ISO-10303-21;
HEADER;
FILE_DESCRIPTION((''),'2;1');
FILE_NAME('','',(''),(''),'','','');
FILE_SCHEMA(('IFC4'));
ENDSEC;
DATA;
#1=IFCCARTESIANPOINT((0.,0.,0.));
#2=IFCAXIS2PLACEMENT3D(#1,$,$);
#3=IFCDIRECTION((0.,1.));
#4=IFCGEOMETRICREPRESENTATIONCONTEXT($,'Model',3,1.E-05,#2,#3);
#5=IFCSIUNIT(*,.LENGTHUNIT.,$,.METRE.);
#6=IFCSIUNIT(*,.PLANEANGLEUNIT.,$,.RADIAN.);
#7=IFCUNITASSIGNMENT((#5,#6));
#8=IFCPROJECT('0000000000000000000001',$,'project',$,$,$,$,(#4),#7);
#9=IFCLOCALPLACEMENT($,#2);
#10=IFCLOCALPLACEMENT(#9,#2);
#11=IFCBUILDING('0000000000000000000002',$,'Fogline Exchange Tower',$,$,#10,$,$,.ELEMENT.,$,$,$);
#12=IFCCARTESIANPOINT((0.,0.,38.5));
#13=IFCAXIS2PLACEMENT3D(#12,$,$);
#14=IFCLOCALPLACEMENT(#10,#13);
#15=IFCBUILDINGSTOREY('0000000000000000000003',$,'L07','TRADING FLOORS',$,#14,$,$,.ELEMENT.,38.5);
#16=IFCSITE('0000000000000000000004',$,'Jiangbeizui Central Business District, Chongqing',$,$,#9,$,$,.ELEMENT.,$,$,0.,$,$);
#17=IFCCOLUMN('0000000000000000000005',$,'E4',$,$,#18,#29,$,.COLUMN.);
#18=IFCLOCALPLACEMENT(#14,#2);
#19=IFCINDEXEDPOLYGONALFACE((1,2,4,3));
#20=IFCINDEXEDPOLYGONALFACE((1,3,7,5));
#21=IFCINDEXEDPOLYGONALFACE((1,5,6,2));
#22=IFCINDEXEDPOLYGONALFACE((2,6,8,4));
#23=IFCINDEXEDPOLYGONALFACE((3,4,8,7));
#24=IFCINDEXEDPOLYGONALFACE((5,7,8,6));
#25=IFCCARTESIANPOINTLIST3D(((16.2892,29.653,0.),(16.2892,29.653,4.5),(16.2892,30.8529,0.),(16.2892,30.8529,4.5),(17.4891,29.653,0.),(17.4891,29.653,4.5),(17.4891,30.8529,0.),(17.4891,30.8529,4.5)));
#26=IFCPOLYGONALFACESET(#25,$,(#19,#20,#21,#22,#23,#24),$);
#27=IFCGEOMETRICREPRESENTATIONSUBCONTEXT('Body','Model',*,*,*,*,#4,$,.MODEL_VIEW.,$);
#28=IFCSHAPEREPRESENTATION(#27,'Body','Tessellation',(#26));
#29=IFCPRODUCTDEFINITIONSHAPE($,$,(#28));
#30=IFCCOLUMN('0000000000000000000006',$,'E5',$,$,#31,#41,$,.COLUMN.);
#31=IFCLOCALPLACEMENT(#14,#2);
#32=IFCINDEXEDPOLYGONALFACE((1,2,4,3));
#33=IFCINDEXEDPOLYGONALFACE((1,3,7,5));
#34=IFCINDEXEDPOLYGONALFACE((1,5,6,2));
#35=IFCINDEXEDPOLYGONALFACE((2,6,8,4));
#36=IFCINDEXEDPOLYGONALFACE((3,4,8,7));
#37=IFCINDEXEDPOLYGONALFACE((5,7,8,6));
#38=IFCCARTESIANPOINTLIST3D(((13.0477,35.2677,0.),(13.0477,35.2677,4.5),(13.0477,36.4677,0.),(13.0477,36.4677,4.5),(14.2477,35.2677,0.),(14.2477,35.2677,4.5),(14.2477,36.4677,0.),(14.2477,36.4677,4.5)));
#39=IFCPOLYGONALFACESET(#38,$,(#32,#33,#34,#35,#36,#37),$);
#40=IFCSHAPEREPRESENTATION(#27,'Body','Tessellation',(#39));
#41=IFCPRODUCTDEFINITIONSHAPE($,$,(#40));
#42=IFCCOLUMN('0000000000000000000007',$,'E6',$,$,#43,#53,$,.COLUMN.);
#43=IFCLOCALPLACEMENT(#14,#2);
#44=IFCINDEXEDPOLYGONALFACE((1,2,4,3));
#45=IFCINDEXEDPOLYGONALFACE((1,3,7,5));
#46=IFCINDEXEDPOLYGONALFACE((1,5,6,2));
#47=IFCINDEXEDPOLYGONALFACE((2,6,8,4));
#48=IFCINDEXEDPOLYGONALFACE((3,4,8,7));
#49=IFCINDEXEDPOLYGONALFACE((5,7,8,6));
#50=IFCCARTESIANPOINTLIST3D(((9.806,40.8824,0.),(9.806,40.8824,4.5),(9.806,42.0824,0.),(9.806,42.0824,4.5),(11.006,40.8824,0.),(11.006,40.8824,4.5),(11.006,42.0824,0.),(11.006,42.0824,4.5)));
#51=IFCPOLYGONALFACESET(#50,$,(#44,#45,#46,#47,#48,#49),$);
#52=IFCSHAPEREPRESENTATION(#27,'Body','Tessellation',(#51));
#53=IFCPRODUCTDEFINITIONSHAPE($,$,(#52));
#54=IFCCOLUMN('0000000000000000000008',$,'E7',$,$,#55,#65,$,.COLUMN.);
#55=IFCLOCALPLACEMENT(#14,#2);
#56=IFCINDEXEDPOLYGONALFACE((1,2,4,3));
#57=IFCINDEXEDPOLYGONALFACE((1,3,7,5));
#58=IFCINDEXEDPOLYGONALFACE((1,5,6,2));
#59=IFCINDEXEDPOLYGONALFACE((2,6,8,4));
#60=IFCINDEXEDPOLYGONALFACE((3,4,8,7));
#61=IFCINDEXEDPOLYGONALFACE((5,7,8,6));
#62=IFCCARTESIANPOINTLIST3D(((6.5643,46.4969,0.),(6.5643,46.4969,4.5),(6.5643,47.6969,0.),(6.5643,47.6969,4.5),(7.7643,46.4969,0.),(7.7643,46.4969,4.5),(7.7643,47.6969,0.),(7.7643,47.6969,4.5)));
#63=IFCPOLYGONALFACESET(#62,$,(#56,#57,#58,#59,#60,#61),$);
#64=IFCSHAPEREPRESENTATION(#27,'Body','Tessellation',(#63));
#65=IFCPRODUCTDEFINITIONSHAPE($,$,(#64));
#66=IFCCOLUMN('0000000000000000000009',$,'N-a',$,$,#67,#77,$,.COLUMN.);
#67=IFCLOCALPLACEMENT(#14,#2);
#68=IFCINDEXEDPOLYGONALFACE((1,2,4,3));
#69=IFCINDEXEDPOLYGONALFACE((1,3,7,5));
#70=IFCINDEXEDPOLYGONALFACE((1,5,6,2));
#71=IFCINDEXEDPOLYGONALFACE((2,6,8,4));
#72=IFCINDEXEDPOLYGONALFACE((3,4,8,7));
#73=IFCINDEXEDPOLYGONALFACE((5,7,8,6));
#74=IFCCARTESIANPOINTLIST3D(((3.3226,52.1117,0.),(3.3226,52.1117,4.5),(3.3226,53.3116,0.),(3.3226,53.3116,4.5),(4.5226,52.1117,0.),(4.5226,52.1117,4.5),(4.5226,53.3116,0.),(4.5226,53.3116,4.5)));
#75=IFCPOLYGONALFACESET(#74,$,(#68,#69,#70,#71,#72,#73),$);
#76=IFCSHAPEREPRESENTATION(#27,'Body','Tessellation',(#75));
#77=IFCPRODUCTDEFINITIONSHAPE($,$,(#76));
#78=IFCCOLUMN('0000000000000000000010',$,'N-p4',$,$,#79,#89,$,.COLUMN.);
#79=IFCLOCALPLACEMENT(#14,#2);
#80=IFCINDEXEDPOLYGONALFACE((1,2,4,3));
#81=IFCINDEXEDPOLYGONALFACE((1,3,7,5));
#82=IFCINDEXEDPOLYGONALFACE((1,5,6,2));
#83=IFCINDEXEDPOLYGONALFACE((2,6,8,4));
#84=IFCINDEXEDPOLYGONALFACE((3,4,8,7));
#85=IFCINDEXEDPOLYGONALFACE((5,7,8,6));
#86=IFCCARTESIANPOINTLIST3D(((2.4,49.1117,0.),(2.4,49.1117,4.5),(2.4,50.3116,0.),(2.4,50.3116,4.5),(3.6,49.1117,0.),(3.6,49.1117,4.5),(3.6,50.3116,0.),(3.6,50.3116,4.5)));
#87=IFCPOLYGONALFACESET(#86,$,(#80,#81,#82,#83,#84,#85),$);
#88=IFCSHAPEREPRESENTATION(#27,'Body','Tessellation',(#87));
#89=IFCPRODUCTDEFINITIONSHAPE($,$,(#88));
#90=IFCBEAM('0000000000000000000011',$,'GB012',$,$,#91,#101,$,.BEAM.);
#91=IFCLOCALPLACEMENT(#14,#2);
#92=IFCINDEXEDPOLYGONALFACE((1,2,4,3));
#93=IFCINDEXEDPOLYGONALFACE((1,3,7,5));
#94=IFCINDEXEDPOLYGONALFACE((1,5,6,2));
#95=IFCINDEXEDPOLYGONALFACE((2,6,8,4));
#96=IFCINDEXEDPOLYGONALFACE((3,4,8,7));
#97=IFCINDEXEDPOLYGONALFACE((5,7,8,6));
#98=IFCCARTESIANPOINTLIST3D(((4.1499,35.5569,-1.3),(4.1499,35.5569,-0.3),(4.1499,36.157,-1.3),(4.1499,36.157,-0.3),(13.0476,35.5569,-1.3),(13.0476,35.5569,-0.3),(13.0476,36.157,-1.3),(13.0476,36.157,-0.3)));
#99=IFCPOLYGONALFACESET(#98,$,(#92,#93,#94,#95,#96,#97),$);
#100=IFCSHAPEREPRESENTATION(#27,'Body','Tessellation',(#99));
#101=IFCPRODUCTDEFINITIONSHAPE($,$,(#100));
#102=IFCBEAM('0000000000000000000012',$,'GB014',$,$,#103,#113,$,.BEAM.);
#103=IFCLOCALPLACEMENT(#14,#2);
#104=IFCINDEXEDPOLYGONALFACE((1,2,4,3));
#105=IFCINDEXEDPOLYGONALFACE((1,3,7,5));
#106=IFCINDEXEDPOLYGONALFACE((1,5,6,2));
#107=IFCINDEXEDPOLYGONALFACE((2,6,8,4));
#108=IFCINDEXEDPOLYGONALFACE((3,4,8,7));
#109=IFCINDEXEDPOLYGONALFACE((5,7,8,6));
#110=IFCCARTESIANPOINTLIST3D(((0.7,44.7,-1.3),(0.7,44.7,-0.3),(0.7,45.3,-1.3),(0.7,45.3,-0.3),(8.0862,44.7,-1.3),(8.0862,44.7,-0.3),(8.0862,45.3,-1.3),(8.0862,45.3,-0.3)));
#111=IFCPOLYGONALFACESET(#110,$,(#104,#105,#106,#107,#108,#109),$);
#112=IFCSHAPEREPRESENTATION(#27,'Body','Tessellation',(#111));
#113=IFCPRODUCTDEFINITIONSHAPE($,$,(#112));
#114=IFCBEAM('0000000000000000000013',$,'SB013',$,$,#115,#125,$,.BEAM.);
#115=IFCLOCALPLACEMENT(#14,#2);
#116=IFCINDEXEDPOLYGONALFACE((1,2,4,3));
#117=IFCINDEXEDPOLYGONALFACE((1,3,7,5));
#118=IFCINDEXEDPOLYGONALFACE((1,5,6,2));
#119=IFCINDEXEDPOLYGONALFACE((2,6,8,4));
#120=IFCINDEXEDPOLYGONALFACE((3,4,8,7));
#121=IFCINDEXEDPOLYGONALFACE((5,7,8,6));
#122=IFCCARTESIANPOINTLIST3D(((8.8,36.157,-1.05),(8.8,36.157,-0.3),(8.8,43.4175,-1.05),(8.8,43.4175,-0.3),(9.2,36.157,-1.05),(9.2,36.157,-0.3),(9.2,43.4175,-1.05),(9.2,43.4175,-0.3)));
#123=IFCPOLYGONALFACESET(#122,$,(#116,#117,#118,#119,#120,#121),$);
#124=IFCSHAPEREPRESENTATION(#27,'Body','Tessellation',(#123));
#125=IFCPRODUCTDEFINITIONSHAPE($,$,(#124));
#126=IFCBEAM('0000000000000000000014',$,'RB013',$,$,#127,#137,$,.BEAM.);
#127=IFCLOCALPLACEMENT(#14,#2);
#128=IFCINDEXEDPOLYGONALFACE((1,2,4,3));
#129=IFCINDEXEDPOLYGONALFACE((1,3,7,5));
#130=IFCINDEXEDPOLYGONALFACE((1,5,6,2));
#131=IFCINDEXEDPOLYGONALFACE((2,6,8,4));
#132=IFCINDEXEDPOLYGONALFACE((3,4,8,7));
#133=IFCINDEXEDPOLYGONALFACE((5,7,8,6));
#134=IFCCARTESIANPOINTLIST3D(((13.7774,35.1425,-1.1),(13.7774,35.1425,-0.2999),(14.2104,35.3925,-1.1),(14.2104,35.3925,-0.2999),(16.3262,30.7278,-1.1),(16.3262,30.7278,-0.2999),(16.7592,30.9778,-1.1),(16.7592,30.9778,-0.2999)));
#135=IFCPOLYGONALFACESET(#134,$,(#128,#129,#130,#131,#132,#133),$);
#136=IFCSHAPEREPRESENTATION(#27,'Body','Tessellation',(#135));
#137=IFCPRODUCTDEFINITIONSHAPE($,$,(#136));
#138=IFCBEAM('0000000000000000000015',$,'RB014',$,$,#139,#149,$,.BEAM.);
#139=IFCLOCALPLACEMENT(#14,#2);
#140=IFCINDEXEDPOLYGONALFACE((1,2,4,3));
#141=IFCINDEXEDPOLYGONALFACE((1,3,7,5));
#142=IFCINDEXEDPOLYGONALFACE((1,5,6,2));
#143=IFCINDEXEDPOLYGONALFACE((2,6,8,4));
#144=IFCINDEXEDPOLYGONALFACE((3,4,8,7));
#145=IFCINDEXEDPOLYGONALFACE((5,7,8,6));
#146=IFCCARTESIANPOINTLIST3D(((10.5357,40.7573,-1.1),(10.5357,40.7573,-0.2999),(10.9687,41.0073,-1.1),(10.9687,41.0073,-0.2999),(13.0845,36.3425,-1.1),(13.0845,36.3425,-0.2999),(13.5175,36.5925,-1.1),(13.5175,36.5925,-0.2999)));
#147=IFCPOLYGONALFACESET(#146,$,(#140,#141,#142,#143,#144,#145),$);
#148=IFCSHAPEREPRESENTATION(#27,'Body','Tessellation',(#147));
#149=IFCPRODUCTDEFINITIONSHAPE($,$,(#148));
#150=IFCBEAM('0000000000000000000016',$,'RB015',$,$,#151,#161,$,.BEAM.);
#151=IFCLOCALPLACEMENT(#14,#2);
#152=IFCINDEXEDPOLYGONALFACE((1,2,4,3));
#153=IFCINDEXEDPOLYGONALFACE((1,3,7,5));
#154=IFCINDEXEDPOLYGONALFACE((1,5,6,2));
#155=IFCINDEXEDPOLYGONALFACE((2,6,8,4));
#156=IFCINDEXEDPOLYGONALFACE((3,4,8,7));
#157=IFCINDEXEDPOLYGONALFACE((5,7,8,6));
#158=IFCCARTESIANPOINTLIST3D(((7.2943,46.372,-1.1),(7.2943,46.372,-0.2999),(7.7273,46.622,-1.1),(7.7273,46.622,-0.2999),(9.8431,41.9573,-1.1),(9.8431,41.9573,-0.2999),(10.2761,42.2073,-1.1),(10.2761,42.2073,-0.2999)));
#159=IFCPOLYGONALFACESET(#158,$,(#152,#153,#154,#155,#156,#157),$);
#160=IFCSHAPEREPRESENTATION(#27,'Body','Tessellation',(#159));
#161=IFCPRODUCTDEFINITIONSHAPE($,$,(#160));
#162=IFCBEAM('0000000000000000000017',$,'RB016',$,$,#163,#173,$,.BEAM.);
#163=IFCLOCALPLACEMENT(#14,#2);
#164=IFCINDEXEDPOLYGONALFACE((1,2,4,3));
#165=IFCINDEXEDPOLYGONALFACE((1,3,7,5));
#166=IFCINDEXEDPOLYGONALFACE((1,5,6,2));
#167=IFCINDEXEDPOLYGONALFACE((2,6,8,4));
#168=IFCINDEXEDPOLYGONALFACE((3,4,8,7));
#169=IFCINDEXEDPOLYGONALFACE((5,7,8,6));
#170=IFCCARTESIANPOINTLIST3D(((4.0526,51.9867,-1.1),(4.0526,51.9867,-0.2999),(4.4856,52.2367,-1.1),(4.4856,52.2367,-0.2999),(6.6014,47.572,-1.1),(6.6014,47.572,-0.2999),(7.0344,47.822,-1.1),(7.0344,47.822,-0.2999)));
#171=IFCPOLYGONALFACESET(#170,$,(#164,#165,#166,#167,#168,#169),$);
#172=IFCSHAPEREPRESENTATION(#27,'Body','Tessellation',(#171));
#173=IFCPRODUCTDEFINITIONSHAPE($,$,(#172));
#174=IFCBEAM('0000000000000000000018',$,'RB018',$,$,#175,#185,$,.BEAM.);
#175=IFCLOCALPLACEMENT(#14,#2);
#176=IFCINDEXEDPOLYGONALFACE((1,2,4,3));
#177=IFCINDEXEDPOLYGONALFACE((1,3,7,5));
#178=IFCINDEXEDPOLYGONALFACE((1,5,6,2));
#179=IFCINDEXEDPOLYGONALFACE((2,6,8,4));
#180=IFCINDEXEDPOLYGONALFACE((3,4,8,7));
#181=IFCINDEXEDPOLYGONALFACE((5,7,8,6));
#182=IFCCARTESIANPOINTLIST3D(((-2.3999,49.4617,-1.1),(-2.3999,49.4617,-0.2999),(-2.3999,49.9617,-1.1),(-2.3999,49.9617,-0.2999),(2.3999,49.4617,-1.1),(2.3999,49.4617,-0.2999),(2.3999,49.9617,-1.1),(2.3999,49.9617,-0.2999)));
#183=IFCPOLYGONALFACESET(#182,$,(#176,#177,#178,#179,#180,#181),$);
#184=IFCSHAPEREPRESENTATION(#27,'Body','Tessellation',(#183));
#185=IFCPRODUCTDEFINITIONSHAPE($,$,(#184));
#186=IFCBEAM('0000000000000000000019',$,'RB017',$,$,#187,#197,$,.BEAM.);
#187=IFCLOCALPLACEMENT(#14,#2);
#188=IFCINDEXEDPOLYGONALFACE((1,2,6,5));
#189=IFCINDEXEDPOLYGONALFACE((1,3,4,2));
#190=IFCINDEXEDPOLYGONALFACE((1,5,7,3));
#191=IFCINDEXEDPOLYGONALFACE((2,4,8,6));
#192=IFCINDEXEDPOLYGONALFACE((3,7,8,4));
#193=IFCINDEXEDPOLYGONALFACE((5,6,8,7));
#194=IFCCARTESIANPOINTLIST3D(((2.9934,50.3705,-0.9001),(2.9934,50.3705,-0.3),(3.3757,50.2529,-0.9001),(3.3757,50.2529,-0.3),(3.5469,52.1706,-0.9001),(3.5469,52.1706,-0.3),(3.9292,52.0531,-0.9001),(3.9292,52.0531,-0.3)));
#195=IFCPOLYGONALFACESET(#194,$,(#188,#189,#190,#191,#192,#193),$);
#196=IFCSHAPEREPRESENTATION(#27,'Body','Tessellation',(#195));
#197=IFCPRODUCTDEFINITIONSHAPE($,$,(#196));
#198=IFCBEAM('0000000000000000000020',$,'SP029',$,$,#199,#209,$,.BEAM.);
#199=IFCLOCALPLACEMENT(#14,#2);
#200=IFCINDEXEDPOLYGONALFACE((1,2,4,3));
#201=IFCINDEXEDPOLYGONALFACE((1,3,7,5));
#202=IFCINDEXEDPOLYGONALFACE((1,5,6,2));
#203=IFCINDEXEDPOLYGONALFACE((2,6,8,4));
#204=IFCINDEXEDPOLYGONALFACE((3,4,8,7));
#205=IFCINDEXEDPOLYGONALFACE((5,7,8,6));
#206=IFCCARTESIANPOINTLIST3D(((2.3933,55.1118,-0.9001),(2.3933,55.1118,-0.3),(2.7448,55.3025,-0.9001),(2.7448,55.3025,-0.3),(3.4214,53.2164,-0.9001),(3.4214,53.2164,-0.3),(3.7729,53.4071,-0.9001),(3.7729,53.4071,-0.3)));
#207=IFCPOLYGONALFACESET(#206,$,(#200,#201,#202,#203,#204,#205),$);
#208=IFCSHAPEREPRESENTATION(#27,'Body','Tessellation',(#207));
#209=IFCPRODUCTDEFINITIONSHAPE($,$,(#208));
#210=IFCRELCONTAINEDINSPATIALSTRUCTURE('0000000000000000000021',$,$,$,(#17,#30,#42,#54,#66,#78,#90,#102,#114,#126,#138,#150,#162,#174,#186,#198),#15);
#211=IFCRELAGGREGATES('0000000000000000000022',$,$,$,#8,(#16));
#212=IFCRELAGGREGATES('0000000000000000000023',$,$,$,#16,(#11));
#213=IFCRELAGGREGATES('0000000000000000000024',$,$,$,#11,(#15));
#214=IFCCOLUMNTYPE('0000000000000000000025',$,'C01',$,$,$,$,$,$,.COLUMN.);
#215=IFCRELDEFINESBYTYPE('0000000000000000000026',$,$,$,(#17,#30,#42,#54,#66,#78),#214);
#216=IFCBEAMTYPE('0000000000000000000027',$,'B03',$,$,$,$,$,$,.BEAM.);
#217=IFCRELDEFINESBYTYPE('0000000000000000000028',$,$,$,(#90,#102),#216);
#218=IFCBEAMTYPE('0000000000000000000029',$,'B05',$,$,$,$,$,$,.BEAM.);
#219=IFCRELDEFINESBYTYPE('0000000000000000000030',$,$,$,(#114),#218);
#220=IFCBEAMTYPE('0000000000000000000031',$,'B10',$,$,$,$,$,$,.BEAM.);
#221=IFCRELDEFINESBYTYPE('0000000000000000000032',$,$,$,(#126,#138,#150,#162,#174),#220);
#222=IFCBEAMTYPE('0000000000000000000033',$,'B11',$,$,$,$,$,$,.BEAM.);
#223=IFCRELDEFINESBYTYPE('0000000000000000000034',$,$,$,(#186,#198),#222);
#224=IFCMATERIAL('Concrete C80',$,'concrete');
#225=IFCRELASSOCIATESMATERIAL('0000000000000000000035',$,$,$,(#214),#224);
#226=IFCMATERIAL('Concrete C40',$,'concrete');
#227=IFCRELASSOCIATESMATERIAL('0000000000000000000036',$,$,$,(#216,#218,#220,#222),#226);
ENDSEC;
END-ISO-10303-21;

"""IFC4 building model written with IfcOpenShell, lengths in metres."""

from ifc_helpers import new_model, si_unit, direction, frame, origin, origin_2d, place, context, subcontext, project, spatial, rectangle, extrude, material, material_profile, profile_set, type_object, element, save


model = new_model("IFC4")

# Units and contexts
model_context = context("Model", 3, precision=1e-05, world=origin(), true_north=direction((0.0, 1.0)))
body_context = subcontext(model_context, "Body", "Model", "MODEL_VIEW")
ifc_project = project(units=[si_unit("LENGTHUNIT", "METRE"), si_unit("PLANEANGLEUNIT", "RADIAN")], contexts=[model_context])

# Site, building, storey
site_placement = place(None, origin())
site = spatial("IfcSite", under=ifc_project, at=site_placement, Name="Jiangbeizui Central Business District, Chongqing", CompositionType="ELEMENT", RefElevation=0.0)
building_placement = place(site_placement, origin())
building = spatial("IfcBuilding", under=site, at=building_placement, Name="Fogline Exchange Tower", CompositionType="ELEMENT")
storey_placement = place(building_placement, frame((0.0, 0.0, 38.5)))
storey = spatial("IfcBuildingStorey", under=building, at=storey_placement, Name="L07", Description="TRADING FLOORS", CompositionType="ELEMENT", Elevation=38.5)

# Columns
ifc_material_1 = material(Name="Concrete C80", Category="concrete")
ifc_material_profile_1 = material_profile(ifc_material_1, rectangle(XDim=1.2, YDim=1.2, at=origin_2d()), Name="RC 1200x1200")
ifc_profile_set_1 = profile_set([ifc_material_profile_1], Name="Concrete C80")
column_type = type_object("IfcColumnType", Name="C01", PredefinedType="COLUMN", material=ifc_profile_set_1)
for number, where, z_axis, x_axis, name in (
    (1, (16.8892, 30.2529, 0.0), (0.0, 0.0, 1.0), (1.0, 0.0, 0.0), "E4"),
    (2, (13.6477, 35.8677, 0.0), (0.0, 0.0, 1.0), (1.0, 0.0, 0.0), "E5"),
    (3, (10.406, 41.4824, 0.0), (0.0, 0.0, 1.0), (1.0, 0.0, 0.0), "E6"),
    (4, (7.1643, 47.0969, 0.0), (0.0, 0.0, 1.0), (1.0, 0.0, 0.0), "E7"),
    (5, (3.9226, 52.7117, 0.0), (0.0, 0.0, 1.0), (1.0, 0.0, 0.0), "N-a"),
    (6, (3.0, 49.7117, 0.0), (0.0, 0.0, 1.0), (1.0, 0.0, 0.0), "N-p4"),
):
    element("IfcColumn", number, at=place(storey_placement, frame(where, z_axis=z_axis, x_axis=x_axis)), inside=storey, type_object=column_type, Name=name, PredefinedType="COLUMN", context=body_context, shape_type="SweptSolid", body=[
        extrude(rectangle(XDim=1.2, YDim=1.2, at=origin_2d()), origin(), (0.0, 0.0, 1.0), 4.5),
    ])

# Beams
ifc_material_2 = material(Name="Concrete C40", Category="concrete")
ifc_material_profile_2 = material_profile(ifc_material_2, rectangle(XDim=0.6001, YDim=1.0, at=origin_2d()), Name="RC 600x1000")
ifc_profile_set_2 = profile_set([ifc_material_profile_2], Name="Concrete C40")
beam_type_1 = type_object("IfcBeamType", Name="B03", PredefinedType="BEAM", material=ifc_profile_set_2)
beam_1_placement = place(storey_placement, frame((4.1499, 35.8569, -0.8), z_axis=(1.0, 0.0, 0.0), x_axis=(0.0, 1.0, 0.0)))
element("IfcBeam", 7, at=beam_1_placement, inside=storey, type_object=beam_type_1, Name="GB012", PredefinedType="BEAM", context=body_context, shape_type="SweptSolid", body=[
    extrude(rectangle(XDim=0.6001, YDim=1.0, at=origin_2d()), origin(), (0.0, 0.0, 1.0), 8.8977),
])
beam_2_placement = place(storey_placement, frame((0.7, 45.0, -0.8), z_axis=(1.0, 0.0, 0.0), x_axis=(0.0, 1.0, 0.0)))
element("IfcBeam", 8, at=beam_2_placement, inside=storey, type_object=beam_type_1, Name="GB014", PredefinedType="BEAM", context=body_context, shape_type="SweptSolid", body=[
    extrude(rectangle(XDim=0.6001, YDim=1.0, at=origin_2d()), origin(), (0.0, 0.0, 1.0), 7.3862),
])
ifc_material_profile_3 = material_profile(ifc_material_2, rectangle(XDim=0.3999, YDim=0.75, at=origin_2d()), Name="RC 400x750")
ifc_profile_set_3 = profile_set([ifc_material_profile_3], Name="Concrete C40")
beam_type_2 = type_object("IfcBeamType", Name="B05", PredefinedType="BEAM", material=ifc_profile_set_3)
beam_3_placement = place(storey_placement, frame((9.0, 36.157, -0.675), z_axis=(0.0, 1.0, 0.0), x_axis=(-1.0, 0.0, 0.0)))
element("IfcBeam", 9, at=beam_3_placement, inside=storey, type_object=beam_type_2, Name="SB013", PredefinedType="BEAM", context=body_context, shape_type="SweptSolid", body=[
    extrude(rectangle(XDim=0.3999, YDim=0.75, at=origin_2d()), origin(), (0.0, 0.0, 1.0), 7.2605),
])
ifc_material_profile_4 = material_profile(ifc_material_2, rectangle(XDim=0.5, YDim=0.8, at=origin_2d()), Name="RC 500x800")
ifc_profile_set_4 = profile_set([ifc_material_profile_4], Name="Concrete C40")
beam_type_3 = type_object("IfcBeamType", Name="B10", PredefinedType="BEAM", material=ifc_profile_set_4)
for number, where, z_axis, x_axis, name in (
    (10, (16.5427, 30.8528, -0.7), (-0.499992, 0.86603, 0.0), (-0.86603, -0.499992, 0.0), "RB013"),
    (11, (13.301, 36.4675, -0.7), (-0.499992, 0.86603, 0.0), (-0.86603, -0.499992, 0.0), "RB014"),
    (12, (10.0596, 42.0823, -0.7), (-0.499992, 0.86603, 0.0), (-0.86603, -0.499992, 0.0), "RB015"),
    (13, (6.8179, 47.697, -0.7), (-0.499992, 0.86603, 0.0), (-0.86603, -0.499992, 0.0), "RB016"),
):
    element("IfcBeam", number, at=place(storey_placement, frame(where, z_axis=z_axis, x_axis=x_axis)), inside=storey, type_object=beam_type_3, Name=name, PredefinedType="BEAM", context=body_context, shape_type="SweptSolid", body=[
        extrude(rectangle(XDim=0.5, YDim=0.8, at=origin_2d()), origin(), (0.0, 0.0, 1.0), 5.0977),
    ])
beam_4_placement = place(storey_placement, frame((2.3999, 49.7117, -0.7), z_axis=(-1.0, 0.0, 0.0), x_axis=(0.0, -1.0, 0.0)))
element("IfcBeam", 14, at=beam_4_placement, inside=storey, type_object=beam_type_3, Name="RB018", PredefinedType="BEAM", context=body_context, shape_type="SweptSolid", body=[
    extrude(rectangle(XDim=0.5, YDim=0.8, at=origin_2d()), origin(), (0.0, 0.0, 1.0), 4.7998),
])
ifc_material_profile_5 = material_profile(ifc_material_2, rectangle(XDim=0.3999, YDim=0.6001, at=origin_2d()), Name="RC 400x600")
ifc_profile_set_5 = profile_set([ifc_material_profile_5], Name="Concrete C40")
beam_type_4 = type_object("IfcBeamType", Name="B11", PredefinedType="BEAM", material=ifc_profile_set_5)
beam_5_placement = place(storey_placement, frame((3.738, 52.1118, -0.6001), z_axis=(-0.293895, -0.955838, 0.0), x_axis=(0.955838, -0.293895, 0.0)))
element("IfcBeam", 15, at=beam_5_placement, inside=storey, type_object=beam_type_4, Name="RB017", PredefinedType="BEAM", context=body_context, shape_type="SweptSolid", body=[
    extrude(rectangle(XDim=0.3999, YDim=0.6001, at=origin_2d()), origin(), (0.0, 0.0, 1.0), 1.8833),
])
beam_6_placement = place(storey_placement, frame((3.5972, 53.3118, -0.6001), z_axis=(-0.476812, 0.879005, 0.0), x_axis=(-0.879005, -0.476812, 0.0)))
element("IfcBeam", 16, at=beam_6_placement, inside=storey, type_object=beam_type_4, Name="SP029", PredefinedType="BEAM", context=body_context, shape_type="SweptSolid", body=[
    extrude(rectangle(XDim=0.3999, YDim=0.6001, at=origin_2d()), origin(), (0.0, 0.0, 1.0), 2.1562),
])

save(model, "model.ifc")
